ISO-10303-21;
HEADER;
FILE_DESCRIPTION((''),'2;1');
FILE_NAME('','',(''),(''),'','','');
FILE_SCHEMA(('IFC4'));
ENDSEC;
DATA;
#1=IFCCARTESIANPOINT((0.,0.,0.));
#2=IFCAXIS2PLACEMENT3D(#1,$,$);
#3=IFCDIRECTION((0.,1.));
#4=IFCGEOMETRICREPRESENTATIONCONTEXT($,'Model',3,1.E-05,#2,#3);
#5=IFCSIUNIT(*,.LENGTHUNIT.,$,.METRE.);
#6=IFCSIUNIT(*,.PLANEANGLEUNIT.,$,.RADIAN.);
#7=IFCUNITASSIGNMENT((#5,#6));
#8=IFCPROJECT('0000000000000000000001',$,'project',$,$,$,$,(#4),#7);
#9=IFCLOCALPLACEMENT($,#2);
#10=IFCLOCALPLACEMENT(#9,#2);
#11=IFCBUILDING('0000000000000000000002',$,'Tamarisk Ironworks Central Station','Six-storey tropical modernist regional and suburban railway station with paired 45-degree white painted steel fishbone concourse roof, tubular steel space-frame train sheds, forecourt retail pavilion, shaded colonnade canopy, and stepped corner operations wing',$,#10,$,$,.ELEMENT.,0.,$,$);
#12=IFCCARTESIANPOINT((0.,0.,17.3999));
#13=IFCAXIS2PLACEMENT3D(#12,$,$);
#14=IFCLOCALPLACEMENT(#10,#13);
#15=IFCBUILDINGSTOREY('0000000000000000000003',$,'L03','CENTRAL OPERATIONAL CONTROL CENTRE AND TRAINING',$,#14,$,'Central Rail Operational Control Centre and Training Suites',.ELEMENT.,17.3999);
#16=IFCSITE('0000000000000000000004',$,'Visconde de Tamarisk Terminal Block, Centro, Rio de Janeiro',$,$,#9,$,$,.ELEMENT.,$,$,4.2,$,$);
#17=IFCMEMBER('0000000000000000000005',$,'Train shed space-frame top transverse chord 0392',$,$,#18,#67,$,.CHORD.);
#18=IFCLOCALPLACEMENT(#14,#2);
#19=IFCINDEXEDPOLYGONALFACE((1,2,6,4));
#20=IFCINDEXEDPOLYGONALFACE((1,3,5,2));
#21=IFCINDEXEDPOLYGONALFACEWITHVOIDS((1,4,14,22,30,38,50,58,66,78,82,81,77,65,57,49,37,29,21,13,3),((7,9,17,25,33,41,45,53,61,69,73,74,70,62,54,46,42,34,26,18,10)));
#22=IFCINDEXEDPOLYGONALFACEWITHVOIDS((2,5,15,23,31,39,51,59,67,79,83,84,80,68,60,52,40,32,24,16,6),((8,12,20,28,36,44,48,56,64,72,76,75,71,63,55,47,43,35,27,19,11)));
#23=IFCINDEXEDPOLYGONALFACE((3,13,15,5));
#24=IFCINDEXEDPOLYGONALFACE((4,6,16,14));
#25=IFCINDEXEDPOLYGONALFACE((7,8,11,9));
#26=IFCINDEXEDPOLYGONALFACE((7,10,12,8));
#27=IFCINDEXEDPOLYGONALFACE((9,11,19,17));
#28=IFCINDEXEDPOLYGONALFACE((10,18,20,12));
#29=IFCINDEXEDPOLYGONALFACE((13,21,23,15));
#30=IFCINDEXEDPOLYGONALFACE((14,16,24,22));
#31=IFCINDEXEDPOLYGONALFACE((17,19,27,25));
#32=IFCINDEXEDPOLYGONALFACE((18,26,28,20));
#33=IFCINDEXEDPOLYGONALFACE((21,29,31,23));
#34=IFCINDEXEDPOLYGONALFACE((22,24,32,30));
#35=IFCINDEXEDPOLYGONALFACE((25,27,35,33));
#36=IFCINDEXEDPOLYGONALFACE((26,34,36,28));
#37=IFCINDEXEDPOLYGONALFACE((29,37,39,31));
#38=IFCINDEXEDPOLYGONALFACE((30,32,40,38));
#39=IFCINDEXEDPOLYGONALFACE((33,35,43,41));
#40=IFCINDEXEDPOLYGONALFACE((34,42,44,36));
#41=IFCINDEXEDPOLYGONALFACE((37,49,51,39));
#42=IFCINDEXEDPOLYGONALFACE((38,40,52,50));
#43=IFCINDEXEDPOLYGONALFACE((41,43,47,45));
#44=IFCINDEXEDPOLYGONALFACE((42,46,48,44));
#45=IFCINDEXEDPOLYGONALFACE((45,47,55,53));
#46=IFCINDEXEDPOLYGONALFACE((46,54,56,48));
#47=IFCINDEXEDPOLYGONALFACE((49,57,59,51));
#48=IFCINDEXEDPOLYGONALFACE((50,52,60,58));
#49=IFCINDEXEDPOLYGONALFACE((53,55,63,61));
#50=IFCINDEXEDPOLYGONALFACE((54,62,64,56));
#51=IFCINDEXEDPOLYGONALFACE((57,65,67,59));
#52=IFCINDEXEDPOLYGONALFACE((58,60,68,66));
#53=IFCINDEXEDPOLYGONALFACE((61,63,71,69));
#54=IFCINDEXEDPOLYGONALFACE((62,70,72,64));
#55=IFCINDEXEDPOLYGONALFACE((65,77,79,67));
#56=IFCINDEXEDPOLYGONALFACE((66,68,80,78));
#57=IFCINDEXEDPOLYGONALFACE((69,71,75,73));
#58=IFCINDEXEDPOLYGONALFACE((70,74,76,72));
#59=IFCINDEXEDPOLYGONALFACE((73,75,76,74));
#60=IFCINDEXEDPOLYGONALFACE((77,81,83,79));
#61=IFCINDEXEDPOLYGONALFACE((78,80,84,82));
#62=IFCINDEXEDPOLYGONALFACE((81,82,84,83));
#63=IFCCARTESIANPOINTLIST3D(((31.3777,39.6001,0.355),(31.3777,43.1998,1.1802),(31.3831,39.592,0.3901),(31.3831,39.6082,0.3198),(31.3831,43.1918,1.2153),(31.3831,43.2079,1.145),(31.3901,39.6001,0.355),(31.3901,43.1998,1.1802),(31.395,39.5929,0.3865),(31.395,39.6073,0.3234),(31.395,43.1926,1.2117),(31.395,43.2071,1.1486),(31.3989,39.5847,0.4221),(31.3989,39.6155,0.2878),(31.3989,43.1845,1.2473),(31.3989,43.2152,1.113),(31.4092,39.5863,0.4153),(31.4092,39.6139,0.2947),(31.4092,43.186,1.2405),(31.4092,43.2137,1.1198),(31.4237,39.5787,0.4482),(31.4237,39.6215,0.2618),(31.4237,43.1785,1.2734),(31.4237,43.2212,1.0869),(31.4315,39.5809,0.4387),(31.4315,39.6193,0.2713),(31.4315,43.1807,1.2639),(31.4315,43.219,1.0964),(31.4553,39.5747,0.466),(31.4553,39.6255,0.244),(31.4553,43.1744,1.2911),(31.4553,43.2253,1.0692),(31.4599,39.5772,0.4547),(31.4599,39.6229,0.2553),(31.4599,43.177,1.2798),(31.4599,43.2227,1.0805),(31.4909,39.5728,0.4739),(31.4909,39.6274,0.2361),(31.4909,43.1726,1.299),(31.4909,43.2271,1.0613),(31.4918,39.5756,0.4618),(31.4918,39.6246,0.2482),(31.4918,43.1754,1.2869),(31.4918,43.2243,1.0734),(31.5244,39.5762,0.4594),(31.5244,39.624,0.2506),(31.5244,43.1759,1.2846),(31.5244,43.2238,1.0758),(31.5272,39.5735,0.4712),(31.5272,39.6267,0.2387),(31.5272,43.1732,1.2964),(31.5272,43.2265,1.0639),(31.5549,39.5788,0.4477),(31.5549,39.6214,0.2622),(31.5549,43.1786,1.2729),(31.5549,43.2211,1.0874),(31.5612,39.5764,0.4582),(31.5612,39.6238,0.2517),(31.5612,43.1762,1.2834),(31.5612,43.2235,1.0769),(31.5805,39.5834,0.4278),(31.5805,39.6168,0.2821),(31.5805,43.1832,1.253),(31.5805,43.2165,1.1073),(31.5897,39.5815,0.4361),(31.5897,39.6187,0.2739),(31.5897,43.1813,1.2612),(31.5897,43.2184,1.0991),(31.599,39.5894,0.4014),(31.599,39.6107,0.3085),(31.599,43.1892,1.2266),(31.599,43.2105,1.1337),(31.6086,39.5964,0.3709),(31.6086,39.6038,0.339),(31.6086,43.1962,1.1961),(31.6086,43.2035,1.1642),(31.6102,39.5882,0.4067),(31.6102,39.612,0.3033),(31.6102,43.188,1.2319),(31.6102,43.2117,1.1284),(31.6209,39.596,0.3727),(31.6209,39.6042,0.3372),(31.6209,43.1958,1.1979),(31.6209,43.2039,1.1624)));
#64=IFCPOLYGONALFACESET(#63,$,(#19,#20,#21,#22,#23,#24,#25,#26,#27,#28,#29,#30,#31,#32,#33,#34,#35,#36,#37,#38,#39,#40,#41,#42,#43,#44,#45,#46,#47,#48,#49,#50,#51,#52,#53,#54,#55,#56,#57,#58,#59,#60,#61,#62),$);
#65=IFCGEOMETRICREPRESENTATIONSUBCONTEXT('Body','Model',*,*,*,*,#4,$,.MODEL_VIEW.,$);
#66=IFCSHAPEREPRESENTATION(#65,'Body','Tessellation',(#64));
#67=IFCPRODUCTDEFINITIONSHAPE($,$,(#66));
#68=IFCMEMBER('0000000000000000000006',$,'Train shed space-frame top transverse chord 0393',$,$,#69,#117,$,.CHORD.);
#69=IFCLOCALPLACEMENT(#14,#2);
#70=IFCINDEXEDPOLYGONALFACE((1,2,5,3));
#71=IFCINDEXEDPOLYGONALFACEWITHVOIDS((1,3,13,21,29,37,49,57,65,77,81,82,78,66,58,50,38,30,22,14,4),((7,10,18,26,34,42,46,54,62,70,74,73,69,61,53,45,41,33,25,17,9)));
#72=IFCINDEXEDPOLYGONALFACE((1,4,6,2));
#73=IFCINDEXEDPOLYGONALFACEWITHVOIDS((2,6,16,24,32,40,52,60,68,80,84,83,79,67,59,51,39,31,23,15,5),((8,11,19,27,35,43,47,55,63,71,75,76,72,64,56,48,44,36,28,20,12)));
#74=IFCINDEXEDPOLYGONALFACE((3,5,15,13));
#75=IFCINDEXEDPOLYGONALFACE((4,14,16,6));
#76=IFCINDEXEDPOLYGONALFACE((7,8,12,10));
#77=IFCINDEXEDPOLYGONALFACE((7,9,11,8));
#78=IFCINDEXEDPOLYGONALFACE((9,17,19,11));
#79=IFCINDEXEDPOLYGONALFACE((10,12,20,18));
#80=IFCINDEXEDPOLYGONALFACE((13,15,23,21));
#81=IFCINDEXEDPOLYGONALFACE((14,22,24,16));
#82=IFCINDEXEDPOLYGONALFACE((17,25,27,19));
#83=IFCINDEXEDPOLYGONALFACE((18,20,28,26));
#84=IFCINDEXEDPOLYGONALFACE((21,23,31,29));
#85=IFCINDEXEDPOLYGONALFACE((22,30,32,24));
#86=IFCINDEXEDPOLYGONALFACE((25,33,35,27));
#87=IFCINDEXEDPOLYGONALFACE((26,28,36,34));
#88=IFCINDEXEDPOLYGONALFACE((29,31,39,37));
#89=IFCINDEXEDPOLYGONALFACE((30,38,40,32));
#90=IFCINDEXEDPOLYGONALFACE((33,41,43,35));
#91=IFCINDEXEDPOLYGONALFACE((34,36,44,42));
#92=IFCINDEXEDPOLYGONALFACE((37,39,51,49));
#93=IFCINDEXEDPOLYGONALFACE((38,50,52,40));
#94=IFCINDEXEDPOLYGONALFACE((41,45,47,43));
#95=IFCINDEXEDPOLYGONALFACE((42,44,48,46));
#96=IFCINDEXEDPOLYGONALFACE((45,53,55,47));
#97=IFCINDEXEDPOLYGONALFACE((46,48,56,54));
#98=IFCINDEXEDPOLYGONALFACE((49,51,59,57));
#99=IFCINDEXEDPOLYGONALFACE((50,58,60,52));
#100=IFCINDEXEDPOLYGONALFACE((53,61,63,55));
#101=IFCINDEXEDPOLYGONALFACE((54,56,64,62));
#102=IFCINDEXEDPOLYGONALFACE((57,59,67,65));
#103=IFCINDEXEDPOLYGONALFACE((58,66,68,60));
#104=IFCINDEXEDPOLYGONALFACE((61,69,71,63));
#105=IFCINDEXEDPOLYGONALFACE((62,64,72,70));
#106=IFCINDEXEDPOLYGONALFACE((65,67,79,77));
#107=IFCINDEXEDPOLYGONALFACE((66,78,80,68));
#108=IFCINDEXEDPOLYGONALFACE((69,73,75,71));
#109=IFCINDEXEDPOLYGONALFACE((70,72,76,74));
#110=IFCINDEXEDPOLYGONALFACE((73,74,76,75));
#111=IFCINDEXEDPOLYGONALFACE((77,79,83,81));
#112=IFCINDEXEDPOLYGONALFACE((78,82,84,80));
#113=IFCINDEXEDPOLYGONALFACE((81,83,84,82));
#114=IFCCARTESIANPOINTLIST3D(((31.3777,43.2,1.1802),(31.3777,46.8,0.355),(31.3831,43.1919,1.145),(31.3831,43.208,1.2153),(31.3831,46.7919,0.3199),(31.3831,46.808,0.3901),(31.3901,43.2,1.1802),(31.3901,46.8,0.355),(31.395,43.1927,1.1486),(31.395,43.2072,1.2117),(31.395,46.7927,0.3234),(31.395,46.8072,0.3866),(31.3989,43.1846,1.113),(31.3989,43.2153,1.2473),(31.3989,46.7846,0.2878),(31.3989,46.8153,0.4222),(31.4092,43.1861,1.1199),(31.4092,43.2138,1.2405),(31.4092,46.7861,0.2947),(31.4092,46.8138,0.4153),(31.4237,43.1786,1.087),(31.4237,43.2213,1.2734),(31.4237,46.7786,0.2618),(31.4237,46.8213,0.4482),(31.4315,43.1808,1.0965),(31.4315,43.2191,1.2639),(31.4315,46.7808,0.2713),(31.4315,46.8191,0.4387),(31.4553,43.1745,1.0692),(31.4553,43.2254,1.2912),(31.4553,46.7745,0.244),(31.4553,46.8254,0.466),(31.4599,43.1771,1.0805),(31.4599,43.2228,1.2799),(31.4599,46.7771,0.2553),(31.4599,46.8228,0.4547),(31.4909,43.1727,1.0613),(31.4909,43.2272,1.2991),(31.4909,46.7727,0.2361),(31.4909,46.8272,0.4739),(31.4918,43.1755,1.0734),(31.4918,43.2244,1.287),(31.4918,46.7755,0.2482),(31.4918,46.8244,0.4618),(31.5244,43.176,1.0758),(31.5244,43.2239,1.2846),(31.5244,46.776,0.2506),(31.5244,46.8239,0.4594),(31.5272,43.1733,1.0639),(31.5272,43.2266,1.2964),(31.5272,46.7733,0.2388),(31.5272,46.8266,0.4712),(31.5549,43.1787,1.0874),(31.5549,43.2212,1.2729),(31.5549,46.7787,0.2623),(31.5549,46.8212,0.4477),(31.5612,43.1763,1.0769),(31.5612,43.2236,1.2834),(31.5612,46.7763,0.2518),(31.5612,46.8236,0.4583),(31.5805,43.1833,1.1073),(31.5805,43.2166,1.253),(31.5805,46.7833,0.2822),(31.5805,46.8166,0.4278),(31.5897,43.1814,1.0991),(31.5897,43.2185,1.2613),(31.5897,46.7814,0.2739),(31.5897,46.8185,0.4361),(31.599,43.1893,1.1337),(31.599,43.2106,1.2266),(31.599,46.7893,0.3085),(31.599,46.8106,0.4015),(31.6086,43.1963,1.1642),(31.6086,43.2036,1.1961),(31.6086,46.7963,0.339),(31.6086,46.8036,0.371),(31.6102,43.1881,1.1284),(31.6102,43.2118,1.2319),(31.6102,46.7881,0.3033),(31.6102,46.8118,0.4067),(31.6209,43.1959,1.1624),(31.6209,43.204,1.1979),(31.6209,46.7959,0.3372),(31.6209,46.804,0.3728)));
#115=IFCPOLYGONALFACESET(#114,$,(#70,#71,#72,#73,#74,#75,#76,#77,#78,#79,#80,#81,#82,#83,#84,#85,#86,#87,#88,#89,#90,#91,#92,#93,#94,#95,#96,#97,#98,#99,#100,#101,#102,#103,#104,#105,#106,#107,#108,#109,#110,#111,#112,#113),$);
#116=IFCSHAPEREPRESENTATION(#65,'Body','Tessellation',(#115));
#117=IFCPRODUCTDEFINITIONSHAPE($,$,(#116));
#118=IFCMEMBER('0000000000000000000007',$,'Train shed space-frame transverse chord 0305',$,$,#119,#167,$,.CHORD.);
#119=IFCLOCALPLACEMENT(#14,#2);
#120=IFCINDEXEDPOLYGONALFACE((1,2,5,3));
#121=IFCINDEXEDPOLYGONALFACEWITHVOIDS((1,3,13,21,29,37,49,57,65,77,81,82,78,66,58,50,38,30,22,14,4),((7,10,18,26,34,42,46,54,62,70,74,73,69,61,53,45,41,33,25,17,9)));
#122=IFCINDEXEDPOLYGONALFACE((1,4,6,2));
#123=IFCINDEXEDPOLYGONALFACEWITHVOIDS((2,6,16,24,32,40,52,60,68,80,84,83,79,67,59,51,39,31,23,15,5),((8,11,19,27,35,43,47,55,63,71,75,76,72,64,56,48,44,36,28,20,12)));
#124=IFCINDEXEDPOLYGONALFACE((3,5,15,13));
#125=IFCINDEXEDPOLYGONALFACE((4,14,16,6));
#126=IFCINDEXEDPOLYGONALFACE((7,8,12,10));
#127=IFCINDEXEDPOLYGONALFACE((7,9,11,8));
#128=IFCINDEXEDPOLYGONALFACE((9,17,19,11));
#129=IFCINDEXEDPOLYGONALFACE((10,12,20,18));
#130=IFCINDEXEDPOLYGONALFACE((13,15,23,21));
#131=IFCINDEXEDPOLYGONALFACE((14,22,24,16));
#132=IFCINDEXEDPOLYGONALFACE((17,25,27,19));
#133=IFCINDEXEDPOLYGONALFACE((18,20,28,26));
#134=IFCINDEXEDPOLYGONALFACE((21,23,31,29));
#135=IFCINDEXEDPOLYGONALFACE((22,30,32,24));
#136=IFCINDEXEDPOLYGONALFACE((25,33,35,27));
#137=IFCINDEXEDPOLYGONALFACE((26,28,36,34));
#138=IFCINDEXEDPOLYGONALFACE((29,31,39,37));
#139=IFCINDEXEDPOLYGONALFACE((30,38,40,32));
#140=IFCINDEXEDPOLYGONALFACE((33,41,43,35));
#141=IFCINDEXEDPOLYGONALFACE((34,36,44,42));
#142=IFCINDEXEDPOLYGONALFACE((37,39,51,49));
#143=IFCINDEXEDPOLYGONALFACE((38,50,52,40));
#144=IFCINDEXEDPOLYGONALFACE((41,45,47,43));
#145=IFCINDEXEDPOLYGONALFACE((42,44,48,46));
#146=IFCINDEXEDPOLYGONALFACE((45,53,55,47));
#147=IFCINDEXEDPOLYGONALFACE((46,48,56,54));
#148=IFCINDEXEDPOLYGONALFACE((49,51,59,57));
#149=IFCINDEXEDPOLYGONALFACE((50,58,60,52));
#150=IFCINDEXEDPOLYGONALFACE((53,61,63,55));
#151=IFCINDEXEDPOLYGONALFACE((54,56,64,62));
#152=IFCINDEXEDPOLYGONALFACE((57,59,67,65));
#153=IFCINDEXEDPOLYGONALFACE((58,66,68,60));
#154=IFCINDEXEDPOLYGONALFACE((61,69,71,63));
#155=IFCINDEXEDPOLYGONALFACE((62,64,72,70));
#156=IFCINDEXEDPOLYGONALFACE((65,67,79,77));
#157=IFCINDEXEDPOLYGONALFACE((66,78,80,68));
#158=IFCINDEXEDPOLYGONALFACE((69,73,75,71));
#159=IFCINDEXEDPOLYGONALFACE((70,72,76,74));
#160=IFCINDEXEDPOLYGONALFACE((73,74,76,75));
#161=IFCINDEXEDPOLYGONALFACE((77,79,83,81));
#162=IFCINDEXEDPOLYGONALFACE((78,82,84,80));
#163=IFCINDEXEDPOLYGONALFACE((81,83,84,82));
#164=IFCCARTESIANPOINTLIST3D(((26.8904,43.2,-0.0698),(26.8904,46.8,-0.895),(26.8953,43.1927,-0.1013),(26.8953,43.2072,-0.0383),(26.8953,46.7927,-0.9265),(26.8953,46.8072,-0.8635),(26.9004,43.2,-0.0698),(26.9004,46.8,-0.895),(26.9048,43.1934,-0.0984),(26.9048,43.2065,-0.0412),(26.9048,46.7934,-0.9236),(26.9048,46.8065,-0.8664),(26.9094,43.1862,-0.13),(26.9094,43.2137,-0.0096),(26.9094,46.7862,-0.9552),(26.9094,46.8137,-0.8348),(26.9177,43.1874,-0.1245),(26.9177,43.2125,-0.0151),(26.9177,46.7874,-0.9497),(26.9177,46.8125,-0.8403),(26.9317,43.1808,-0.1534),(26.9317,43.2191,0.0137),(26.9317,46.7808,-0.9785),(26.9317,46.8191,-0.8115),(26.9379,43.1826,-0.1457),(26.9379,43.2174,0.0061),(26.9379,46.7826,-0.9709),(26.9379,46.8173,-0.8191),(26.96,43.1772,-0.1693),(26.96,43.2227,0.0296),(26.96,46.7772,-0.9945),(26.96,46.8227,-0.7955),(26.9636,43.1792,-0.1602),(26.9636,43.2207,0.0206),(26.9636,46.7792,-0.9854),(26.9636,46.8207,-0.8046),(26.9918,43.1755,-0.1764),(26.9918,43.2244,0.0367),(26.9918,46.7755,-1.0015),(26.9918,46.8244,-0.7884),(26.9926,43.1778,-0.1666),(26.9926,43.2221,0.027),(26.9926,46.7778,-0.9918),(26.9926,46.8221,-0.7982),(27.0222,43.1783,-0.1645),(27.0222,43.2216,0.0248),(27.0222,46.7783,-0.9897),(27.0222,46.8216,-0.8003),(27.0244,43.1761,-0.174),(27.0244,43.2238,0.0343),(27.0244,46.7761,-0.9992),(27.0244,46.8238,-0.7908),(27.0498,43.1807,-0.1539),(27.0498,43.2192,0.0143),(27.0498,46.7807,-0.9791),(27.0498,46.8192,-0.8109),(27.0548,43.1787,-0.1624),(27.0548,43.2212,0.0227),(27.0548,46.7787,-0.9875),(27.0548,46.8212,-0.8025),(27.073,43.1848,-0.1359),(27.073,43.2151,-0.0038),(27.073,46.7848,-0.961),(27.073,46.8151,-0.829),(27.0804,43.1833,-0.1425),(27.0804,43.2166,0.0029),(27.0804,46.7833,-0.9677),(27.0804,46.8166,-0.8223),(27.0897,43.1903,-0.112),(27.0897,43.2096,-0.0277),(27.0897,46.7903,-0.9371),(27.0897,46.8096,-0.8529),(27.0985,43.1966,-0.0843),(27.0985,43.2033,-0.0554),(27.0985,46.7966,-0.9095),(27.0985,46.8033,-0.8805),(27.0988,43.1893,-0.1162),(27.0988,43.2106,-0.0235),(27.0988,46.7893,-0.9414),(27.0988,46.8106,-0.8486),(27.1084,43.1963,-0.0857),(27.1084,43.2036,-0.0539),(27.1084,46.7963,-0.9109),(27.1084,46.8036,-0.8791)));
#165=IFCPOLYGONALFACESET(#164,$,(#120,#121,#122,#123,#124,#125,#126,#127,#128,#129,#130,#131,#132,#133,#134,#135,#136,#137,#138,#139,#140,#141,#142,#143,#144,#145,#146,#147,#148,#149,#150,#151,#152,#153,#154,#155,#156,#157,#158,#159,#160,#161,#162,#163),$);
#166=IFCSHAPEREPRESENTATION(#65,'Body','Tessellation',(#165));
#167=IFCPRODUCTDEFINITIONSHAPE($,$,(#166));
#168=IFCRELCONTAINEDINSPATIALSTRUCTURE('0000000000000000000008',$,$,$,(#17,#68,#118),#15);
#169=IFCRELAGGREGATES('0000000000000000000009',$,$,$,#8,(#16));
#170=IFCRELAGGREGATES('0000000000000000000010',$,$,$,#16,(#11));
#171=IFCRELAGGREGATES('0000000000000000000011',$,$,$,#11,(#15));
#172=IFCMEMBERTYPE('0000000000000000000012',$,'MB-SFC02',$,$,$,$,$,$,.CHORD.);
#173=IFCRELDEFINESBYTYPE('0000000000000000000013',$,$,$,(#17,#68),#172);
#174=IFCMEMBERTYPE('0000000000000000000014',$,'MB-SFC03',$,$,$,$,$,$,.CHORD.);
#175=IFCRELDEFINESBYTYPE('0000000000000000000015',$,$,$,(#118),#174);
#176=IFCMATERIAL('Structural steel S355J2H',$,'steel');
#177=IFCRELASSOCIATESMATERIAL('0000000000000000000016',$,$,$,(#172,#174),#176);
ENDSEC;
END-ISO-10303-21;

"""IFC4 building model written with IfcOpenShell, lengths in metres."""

from ifc_helpers import new_model, si_unit, direction, frame, origin, origin_2d, place, context, subcontext, project, spatial, hollow_circle, extrude, material, material_profile, profile_set, type_object, element, save


model = new_model("IFC4")

# Units and contexts
model_context = context("Model", 3, precision=1e-05, world=origin(), true_north=direction((0.0, 1.0)))
body_context = subcontext(model_context, "Body", "Model", "MODEL_VIEW")
ifc_project = project(units=[si_unit("LENGTHUNIT", "METRE"), si_unit("PLANEANGLEUNIT", "RADIAN")], contexts=[model_context])

# Site, building, storey
site_placement = place(None, origin())
site = spatial("IfcSite", under=ifc_project, at=site_placement, Name="Visconde de Tamarisk Terminal Block, Centro, Rio de Janeiro", CompositionType="ELEMENT", RefElevation=4.2)
building_placement = place(site_placement, origin())
building = spatial("IfcBuilding", under=site, at=building_placement, Name="Tamarisk Ironworks Central Station", Description="Six-storey tropical modernist regional and suburban railway station with paired 45-degree white painted steel fishbone concourse roof, tubular steel space-frame train sheds, forecourt retail pavilion, shaded colonnade canopy, and stepped corner operations wing", CompositionType="ELEMENT", ElevationOfRefHeight=0.0)
storey_placement = place(building_placement, frame((0.0, 0.0, 17.3999)))
storey = spatial("IfcBuildingStorey", under=building, at=storey_placement, Name="L03", Description="CENTRAL OPERATIONAL CONTROL CENTRE AND TRAINING", LongName="Central Rail Operational Control Centre and Training Suites", CompositionType="ELEMENT", Elevation=17.3999)

# Members
ifc_material = material(Name="Structural steel S355J2H", Category="steel")
ifc_material_profile_1 = material_profile(ifc_material, hollow_circle(Radius=0.1223, WallThickness=0.0125, at=origin_2d()), Name="CHS 244.5x12.5")
ifc_profile_set_1 = profile_set([ifc_material_profile_1], Name="Structural steel S355J2H")
member_type_1 = type_object("IfcMemberType", Name="MB-SFC02", PredefinedType="CHORD", material=ifc_profile_set_1)
member_1_placement = place(storey_placement, frame((31.5, 39.6001, 0.355), z_axis=(0.0, 0.974719, 0.223435), x_axis=(-1.0, 0.0, 0.0)))
element("IfcMember", 1, at=member_1_placement, inside=storey, type_object=member_type_1, Name="Train shed space-frame top transverse chord 0392", PredefinedType="CHORD", context=body_context, shape_type="SweptSolid", body=[
    extrude(hollow_circle(Radius=0.1223, WallThickness=0.0125, at=origin_2d()), origin(), (0.0, 0.0, 1.0), 3.6931),
])
member_2_placement = place(storey_placement, frame((31.5, 43.2, 1.1802), z_axis=(0.0, 0.974722, -0.223421), x_axis=(-1.0, 0.0, 0.0)))
element("IfcMember", 2, at=member_2_placement, inside=storey, type_object=member_type_1, Name="Train shed space-frame top transverse chord 0393", PredefinedType="CHORD", context=body_context, shape_type="SweptSolid", body=[
    extrude(hollow_circle(Radius=0.1223, WallThickness=0.0125, at=origin_2d()), origin(), (0.0, 0.0, 1.0), 3.6934),
])
ifc_material_profile_2 = material_profile(ifc_material, hollow_circle(Radius=0.1096, WallThickness=0.01, at=origin_2d()), Name="CHS 219.1x10")
ifc_profile_set_2 = profile_set([ifc_material_profile_2], Name="Structural steel S355J2H")
member_type_2 = type_object("IfcMemberType", Name="MB-SFC03", PredefinedType="CHORD", material=ifc_profile_set_2)
member_3_placement = place(storey_placement, frame((27.0, 43.2, -0.0698), z_axis=(0.0, 0.974722, -0.223421), x_axis=(-1.0, 0.0, 0.0)))
element("IfcMember", 3, at=member_3_placement, inside=storey, type_object=member_type_2, Name="Train shed space-frame transverse chord 0305", PredefinedType="CHORD", context=body_context, shape_type="SweptSolid", body=[
    extrude(hollow_circle(Radius=0.1096, WallThickness=0.01, at=origin_2d()), origin(), (0.0, 0.0, 1.0), 3.6934),
])

save(model, "model.ifc")
